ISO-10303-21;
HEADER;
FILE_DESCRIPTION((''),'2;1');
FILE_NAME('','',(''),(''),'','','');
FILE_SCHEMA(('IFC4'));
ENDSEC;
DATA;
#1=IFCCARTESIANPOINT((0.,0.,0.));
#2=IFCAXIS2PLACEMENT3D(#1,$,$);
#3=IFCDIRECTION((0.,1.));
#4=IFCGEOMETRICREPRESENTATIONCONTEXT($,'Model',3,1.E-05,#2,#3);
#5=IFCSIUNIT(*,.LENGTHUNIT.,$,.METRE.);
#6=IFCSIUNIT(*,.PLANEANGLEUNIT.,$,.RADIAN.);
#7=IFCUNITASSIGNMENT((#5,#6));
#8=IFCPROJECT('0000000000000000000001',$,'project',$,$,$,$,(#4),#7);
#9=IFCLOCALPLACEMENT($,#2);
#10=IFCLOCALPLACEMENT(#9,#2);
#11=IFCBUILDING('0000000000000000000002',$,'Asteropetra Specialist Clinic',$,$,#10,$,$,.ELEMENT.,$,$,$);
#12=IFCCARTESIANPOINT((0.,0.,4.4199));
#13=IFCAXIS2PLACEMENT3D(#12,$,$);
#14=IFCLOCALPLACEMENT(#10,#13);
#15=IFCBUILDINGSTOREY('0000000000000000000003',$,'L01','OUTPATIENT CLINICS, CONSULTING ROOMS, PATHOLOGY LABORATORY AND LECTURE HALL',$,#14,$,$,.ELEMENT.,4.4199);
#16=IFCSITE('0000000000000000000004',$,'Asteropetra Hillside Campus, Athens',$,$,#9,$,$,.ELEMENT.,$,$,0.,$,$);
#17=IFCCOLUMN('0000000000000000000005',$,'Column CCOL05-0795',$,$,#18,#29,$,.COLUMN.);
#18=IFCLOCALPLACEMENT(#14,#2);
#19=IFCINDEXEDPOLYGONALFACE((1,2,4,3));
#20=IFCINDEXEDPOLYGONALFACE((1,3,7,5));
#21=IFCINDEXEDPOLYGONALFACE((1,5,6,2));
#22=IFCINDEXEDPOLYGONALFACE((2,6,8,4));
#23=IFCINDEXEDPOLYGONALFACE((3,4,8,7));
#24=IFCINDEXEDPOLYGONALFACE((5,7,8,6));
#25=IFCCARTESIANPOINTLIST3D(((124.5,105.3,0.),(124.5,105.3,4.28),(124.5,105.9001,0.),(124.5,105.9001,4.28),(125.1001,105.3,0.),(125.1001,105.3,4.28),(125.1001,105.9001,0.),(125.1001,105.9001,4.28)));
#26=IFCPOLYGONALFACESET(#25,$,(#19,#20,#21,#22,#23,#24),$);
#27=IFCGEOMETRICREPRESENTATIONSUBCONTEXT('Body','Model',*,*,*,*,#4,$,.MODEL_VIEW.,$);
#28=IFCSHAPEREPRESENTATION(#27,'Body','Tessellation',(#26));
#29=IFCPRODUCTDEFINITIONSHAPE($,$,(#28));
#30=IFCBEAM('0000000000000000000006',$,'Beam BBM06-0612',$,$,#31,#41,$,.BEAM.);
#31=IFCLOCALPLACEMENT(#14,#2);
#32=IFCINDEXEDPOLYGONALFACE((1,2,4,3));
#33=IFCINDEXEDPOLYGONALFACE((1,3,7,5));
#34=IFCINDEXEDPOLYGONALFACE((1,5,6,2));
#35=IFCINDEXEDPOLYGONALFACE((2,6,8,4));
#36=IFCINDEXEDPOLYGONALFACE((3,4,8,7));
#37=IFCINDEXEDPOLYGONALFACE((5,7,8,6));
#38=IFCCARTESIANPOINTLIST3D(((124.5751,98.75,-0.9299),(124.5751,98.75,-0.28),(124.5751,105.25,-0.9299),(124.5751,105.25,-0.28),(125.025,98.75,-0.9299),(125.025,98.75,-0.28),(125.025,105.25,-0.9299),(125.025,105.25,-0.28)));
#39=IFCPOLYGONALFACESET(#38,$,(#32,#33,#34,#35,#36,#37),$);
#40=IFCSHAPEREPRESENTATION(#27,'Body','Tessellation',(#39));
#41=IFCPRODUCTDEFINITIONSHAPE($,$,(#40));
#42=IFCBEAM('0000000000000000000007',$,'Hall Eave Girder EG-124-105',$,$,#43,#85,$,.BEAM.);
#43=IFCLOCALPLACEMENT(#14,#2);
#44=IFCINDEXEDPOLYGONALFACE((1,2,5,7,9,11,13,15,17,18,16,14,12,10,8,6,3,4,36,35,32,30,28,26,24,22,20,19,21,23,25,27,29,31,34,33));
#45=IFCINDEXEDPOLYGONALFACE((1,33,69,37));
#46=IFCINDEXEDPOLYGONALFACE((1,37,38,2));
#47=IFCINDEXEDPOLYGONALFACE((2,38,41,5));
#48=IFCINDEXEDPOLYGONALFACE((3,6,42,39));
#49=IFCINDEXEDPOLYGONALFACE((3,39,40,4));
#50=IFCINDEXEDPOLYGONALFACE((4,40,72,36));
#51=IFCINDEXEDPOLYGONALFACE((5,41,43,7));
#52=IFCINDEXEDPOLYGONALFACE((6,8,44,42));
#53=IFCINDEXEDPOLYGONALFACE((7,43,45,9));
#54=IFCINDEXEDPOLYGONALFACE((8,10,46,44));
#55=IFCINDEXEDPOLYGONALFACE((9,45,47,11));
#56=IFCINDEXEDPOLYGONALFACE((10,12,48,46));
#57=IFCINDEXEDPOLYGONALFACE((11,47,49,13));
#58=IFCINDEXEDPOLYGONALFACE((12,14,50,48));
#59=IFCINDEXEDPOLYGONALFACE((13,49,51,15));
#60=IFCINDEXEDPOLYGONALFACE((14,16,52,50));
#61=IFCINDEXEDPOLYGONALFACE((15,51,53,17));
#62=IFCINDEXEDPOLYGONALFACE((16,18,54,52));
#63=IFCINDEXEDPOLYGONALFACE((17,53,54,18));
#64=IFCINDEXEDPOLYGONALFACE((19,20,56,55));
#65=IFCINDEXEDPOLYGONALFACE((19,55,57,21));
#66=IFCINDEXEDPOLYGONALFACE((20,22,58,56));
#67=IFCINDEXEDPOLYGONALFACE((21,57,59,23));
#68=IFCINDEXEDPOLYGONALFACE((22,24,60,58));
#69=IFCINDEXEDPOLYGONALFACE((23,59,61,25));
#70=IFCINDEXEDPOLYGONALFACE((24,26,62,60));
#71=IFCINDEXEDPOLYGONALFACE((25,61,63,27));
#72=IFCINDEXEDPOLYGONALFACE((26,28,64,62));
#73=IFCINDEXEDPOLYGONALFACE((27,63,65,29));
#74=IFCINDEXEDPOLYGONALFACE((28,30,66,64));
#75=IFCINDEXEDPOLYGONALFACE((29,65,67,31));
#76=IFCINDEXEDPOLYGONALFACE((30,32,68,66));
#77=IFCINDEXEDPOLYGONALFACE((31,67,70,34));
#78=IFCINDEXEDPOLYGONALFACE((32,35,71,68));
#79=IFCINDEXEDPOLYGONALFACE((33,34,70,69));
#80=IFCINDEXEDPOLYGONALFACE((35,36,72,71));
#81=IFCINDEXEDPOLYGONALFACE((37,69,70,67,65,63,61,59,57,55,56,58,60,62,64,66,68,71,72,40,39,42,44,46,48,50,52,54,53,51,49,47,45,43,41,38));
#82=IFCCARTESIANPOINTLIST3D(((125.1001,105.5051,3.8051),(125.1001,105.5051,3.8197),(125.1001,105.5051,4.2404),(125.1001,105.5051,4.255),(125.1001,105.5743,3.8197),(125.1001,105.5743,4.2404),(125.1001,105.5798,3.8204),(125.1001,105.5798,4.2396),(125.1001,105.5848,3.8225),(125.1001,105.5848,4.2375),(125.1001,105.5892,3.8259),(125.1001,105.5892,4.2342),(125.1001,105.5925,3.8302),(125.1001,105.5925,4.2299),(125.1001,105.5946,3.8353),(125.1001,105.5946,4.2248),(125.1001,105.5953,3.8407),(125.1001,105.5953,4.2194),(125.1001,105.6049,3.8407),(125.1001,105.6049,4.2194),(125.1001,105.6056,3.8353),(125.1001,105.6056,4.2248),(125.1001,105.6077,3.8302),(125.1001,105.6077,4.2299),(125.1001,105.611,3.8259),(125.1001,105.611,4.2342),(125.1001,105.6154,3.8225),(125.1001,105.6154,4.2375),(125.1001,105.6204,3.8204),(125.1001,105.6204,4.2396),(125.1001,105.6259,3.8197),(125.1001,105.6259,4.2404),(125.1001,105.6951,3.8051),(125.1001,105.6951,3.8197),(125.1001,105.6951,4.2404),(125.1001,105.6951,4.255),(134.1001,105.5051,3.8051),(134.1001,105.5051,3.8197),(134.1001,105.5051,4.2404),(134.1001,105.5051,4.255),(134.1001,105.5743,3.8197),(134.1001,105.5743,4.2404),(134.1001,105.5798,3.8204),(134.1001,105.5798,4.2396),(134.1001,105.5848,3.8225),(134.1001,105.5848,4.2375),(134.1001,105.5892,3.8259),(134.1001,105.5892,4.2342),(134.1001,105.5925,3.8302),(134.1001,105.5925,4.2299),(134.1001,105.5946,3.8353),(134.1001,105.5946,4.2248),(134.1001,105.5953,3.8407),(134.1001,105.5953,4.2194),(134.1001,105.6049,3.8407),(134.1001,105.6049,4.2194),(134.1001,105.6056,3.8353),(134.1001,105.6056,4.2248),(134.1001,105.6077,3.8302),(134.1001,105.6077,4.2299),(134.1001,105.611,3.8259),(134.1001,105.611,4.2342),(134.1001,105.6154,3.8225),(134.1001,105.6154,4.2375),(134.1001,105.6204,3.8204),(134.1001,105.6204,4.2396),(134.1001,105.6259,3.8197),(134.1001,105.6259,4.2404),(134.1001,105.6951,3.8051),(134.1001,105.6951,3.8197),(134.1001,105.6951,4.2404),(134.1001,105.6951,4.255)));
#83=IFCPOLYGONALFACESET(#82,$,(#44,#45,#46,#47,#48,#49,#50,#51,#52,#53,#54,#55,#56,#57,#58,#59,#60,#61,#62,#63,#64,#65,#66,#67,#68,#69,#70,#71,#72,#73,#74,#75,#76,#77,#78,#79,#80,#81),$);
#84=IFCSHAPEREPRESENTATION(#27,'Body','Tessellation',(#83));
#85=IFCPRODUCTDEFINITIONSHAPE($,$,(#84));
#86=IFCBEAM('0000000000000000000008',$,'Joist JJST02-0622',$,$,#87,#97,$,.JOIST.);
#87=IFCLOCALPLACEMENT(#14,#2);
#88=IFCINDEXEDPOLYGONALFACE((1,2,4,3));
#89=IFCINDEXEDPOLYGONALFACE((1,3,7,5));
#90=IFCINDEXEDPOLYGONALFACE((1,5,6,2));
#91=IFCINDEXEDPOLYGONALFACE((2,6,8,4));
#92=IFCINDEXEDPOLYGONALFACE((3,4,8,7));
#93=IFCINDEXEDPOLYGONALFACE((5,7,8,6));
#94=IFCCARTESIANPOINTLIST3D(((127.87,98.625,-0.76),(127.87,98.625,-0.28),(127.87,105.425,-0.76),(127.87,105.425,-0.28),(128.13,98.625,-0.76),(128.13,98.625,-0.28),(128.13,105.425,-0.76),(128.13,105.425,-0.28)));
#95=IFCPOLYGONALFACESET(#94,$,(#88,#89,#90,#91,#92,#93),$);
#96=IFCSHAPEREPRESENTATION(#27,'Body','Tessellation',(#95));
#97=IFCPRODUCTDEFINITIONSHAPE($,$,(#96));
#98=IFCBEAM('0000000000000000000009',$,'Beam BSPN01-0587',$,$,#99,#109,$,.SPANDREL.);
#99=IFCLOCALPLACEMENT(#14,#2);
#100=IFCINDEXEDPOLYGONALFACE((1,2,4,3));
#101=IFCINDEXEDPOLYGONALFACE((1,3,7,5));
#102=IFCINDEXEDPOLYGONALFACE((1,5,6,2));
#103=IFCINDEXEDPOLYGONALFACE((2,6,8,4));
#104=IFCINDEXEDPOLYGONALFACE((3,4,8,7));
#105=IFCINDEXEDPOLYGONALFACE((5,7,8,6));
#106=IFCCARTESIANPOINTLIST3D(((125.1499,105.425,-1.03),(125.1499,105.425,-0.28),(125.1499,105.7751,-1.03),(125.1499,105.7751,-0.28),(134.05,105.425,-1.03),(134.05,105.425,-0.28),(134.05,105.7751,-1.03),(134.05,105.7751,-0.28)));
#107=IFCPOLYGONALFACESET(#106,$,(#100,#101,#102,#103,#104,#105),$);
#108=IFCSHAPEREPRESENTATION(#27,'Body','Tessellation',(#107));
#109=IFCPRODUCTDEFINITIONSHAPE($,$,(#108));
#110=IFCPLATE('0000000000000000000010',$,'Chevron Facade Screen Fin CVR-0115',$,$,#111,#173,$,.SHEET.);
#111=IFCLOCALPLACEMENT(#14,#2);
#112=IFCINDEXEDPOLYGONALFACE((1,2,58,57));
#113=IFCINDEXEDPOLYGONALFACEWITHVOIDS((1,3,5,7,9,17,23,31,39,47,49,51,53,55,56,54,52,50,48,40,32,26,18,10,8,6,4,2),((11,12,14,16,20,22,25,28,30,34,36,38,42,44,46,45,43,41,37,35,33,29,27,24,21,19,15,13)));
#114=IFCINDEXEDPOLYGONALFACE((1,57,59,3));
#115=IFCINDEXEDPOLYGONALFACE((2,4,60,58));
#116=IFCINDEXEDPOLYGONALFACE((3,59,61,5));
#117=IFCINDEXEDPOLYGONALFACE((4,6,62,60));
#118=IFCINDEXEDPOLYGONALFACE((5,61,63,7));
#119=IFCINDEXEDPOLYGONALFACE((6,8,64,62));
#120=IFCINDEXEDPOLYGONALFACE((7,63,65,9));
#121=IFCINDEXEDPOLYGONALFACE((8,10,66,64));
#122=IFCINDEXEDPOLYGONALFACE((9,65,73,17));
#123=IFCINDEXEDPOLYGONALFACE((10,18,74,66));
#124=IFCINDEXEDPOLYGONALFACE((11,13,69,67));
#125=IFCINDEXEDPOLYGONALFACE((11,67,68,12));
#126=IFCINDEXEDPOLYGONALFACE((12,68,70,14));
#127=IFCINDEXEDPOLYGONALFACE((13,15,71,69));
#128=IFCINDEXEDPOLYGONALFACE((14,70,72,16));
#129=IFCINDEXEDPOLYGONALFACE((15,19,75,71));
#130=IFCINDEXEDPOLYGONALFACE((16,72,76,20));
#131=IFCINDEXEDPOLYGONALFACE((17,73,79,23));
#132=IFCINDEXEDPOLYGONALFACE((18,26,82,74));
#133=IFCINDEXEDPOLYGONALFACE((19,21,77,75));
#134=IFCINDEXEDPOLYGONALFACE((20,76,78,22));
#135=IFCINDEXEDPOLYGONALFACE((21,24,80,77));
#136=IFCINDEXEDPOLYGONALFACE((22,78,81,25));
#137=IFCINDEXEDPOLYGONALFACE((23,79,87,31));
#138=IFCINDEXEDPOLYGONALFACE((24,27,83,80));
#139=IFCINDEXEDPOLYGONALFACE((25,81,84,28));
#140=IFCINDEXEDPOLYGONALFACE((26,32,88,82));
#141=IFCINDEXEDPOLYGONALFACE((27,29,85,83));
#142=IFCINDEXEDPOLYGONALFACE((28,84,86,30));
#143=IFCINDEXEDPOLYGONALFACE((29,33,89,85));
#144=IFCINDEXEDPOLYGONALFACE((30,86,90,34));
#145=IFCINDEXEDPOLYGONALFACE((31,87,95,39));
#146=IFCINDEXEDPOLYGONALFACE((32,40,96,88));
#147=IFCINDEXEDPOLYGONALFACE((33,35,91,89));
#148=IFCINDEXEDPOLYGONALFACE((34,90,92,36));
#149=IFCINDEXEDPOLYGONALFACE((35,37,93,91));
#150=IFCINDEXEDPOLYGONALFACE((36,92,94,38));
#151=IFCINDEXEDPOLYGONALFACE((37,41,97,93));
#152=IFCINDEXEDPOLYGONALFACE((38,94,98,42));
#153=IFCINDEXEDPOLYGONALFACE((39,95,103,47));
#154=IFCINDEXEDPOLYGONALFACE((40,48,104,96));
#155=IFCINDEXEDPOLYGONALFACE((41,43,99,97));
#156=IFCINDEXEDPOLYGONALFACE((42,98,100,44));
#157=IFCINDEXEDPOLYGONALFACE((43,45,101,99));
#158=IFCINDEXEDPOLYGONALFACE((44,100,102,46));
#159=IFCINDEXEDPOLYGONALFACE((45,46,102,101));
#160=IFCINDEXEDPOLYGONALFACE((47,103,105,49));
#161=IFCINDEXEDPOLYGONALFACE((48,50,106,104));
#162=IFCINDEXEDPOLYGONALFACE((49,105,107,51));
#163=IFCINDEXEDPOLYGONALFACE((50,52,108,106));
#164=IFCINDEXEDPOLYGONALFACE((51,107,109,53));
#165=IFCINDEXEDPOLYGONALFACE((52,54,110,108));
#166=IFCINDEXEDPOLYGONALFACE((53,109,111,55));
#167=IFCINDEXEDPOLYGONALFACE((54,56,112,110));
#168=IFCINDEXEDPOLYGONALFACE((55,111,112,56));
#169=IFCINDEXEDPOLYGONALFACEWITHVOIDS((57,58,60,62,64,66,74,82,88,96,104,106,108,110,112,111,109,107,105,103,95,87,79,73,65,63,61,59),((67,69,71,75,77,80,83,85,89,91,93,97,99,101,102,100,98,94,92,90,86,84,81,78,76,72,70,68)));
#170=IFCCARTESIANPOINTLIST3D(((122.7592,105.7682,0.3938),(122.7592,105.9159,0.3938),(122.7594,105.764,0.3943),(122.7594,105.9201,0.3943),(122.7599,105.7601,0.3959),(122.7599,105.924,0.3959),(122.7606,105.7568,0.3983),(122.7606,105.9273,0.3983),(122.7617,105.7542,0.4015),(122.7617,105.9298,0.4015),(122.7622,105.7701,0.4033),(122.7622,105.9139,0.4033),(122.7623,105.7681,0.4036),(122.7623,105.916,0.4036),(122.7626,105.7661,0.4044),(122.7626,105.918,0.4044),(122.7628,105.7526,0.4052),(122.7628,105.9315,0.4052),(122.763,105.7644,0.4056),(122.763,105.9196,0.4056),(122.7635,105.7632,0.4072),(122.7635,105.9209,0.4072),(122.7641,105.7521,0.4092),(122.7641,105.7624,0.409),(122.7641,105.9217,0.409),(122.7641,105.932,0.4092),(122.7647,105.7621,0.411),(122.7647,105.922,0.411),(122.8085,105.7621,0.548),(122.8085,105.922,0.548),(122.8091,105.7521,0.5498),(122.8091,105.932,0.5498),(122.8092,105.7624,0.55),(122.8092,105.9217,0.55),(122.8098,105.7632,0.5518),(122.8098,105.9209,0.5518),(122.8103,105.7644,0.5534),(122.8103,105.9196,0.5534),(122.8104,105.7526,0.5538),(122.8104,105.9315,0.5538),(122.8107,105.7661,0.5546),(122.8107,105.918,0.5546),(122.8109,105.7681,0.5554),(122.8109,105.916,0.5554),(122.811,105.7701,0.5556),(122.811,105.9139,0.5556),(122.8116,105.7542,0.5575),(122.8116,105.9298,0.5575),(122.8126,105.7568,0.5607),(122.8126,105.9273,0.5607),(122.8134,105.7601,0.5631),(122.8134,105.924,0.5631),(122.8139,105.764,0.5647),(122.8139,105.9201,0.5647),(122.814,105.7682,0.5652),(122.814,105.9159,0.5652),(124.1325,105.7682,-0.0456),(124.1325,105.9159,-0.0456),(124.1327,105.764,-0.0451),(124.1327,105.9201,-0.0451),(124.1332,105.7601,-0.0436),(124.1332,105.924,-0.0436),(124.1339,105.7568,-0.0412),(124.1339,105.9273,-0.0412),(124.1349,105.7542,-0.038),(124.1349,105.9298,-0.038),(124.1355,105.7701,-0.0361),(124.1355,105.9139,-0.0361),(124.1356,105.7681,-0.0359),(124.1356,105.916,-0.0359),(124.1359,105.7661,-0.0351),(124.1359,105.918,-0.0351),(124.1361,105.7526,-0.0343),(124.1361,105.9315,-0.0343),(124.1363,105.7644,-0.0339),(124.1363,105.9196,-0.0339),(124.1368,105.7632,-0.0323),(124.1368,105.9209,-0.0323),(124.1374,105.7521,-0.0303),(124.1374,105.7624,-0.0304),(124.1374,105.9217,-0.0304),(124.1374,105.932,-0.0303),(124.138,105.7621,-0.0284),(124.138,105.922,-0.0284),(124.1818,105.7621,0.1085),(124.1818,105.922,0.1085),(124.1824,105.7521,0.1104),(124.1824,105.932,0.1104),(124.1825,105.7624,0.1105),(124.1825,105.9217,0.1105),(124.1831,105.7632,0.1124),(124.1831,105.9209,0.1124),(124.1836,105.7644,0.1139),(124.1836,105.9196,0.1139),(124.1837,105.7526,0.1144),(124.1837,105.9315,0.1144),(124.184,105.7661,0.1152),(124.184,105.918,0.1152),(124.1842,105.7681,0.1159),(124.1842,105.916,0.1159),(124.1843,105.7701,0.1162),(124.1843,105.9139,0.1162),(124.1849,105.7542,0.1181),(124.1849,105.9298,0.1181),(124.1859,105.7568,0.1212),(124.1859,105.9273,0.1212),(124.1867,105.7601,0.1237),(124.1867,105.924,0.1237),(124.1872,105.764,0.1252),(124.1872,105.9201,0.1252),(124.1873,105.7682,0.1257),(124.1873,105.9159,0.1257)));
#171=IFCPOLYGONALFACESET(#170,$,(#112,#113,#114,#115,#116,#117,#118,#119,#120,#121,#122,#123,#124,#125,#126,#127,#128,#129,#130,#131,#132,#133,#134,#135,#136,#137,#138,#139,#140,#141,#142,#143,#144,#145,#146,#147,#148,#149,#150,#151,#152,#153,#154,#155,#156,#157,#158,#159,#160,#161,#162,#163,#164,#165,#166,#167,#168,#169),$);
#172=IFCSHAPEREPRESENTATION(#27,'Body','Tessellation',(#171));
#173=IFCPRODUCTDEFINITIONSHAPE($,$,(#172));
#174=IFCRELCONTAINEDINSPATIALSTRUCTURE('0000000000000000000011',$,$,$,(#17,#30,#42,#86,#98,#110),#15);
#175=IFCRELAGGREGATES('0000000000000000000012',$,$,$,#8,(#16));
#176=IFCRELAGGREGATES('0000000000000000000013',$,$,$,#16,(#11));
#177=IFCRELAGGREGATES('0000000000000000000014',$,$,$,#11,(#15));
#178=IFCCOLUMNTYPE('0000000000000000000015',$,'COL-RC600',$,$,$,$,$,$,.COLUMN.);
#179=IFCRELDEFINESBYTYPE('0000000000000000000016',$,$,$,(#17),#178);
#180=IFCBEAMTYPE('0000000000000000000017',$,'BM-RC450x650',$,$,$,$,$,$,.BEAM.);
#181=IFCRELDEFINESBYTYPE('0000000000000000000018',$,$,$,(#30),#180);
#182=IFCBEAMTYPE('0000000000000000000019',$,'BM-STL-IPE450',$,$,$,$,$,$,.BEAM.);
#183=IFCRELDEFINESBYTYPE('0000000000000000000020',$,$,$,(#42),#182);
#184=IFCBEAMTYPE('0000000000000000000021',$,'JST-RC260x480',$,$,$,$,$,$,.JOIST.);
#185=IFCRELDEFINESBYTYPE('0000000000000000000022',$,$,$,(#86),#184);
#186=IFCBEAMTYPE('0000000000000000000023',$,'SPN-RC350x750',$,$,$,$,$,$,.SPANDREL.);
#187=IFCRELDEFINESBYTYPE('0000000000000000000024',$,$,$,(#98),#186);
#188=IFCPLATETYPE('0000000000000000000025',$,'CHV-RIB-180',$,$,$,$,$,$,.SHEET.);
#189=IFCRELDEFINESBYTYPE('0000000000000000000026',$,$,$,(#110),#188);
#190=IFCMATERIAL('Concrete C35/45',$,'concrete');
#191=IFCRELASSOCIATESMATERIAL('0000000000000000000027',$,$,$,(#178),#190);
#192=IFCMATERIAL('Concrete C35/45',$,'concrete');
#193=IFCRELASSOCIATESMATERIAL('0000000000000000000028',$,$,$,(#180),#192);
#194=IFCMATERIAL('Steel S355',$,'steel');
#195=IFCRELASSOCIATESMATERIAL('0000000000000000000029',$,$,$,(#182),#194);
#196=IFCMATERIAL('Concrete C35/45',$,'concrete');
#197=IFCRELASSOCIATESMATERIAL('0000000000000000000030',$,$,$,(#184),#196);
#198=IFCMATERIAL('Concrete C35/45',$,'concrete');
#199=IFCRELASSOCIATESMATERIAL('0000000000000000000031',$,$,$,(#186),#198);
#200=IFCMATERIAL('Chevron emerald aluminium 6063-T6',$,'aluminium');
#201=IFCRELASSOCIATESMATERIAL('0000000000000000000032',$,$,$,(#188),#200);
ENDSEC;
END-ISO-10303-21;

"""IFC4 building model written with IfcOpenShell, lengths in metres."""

from ifc_helpers import new_model, si_unit, direction, frame, origin, origin_2d, place, context, subcontext, project, spatial, rectangle, hollow_rectangle, i_section, extrude, material, material_profile, profile_set, type_object, element, save


model = new_model("IFC4")

# Units and contexts
model_context = context("Model", 3, precision=1e-05, world=origin(), true_north=direction((0.0, 1.0)))
body_context = subcontext(model_context, "Body", "Model", "MODEL_VIEW")
ifc_project = project(units=[si_unit("LENGTHUNIT", "METRE"), si_unit("PLANEANGLEUNIT", "RADIAN")], contexts=[model_context])

# Site, building, storey
site_placement = place(None, origin())
site = spatial("IfcSite", under=ifc_project, at=site_placement, Name="Asteropetra Hillside Campus, Athens", CompositionType="ELEMENT", RefElevation=0.0)
building_placement = place(site_placement, origin())
building = spatial("IfcBuilding", under=site, at=building_placement, Name="Asteropetra Specialist Clinic", CompositionType="ELEMENT")
storey_placement = place(building_placement, frame((0.0, 0.0, 4.4199)))
storey = spatial("IfcBuildingStorey", under=building, at=storey_placement, Name="L01", Description="OUTPATIENT CLINICS, CONSULTING ROOMS, PATHOLOGY LABORATORY AND LECTURE HALL", CompositionType="ELEMENT", Elevation=4.4199)

# Column
ifc_material_1 = material(Name="Concrete C35/45", Category="concrete")
ifc_material_profile_1 = material_profile(ifc_material_1, rectangle(XDim=0.6001, YDim=0.6001, at=origin_2d()), Name="RC 600x600")
ifc_profile_set_1 = profile_set([ifc_material_profile_1], Name="Concrete C35/45")
column_type = type_object("IfcColumnType", Name="COL-RC600", PredefinedType="COLUMN", material=ifc_profile_set_1)
column_placement = place(storey_placement, frame((124.8, 105.6001, 0.0), z_axis=(0.0, 0.0, 1.0), x_axis=(1.0, 0.0, 0.0)))
element("IfcColumn", 1, at=column_placement, inside=storey, type_object=column_type, Name="Column CCOL05-0795", PredefinedType="COLUMN", context=body_context, shape_type="SweptSolid", body=[
    extrude(rectangle(XDim=0.6001, YDim=0.6001, at=origin_2d()), origin(), (0.0, 0.0, 1.0), 4.28),
])

# Beams
ifc_material_2 = material(Name="Concrete C35/45", Category="concrete")
ifc_material_profile_2 = material_profile(ifc_material_2, rectangle(XDim=0.45, YDim=0.6499, at=origin_2d()), Name="RCB 450x650")
ifc_profile_set_2 = profile_set([ifc_material_profile_2], Name="Concrete C35/45")
beam_type_1 = type_object("IfcBeamType", Name="BM-RC450x650", PredefinedType="BEAM", material=ifc_profile_set_2)
beam_1_placement = place(storey_placement, frame((124.8, 98.75, -0.605), z_axis=(0.0, 1.0, 0.0), x_axis=(-1.0, 0.0, 0.0)))
element("IfcBeam", 2, at=beam_1_placement, inside=storey, type_object=beam_type_1, Name="Beam BBM06-0612", PredefinedType="BEAM", context=body_context, shape_type="SweptSolid", body=[
    extrude(rectangle(XDim=0.45, YDim=0.6499, at=origin_2d()), origin(), (0.0, 0.0, 1.0), 6.5),
])
ifc_material_3 = material(Name="Steel S355", Category="steel")
ifc_material_profile_3 = material_profile(ifc_material_3, i_section(OverallWidth=0.1899, OverallDepth=0.45, WebThickness=0.0095, FlangeThickness=0.0146, FilletRadius=0.021, at=origin_2d()), Name="IPE 450")
ifc_profile_set_3 = profile_set([ifc_material_profile_3], Name="Steel S355")
beam_type_2 = type_object("IfcBeamType", Name="BM-STL-IPE450", PredefinedType="BEAM", material=ifc_profile_set_3)
beam_2_placement = place(storey_placement, frame((125.1001, 105.6001, 4.03), z_axis=(1.0, 0.0, 0.0), x_axis=(0.0, 1.0, 0.0)))
element("IfcBeam", 3, at=beam_2_placement, inside=storey, type_object=beam_type_2, Name="Hall Eave Girder EG-124-105", PredefinedType="BEAM", context=body_context, shape_type="SweptSolid", body=[
    extrude(i_section(OverallWidth=0.1899, OverallDepth=0.45, WebThickness=0.0095, FlangeThickness=0.0146, FilletRadius=0.021, at=origin_2d()), origin(), (0.0, 0.0, 1.0), 9.0),
])
ifc_material_4 = material(Name="Concrete C35/45", Category="concrete")
ifc_material_profile_4 = material_profile(ifc_material_4, rectangle(XDim=0.26, YDim=0.48, at=origin_2d()), Name="RCJ 260x480")
ifc_profile_set_4 = profile_set([ifc_material_profile_4], Name="Concrete C35/45")
beam_type_3 = type_object("IfcBeamType", Name="JST-RC260x480", PredefinedType="JOIST", material=ifc_profile_set_4)
beam_3_placement = place(storey_placement, frame((128.0, 98.625, -0.52), z_axis=(0.0, 1.0, 0.0), x_axis=(-1.0, 0.0, 0.0)))
element("IfcBeam", 4, at=beam_3_placement, inside=storey, type_object=beam_type_3, Name="Joist JJST02-0622", PredefinedType="JOIST", context=body_context, shape_type="SweptSolid", body=[
    extrude(rectangle(XDim=0.26, YDim=0.48, at=origin_2d()), origin(), (0.0, 0.0, 1.0), 6.8),
])
ifc_material_5 = material(Name="Concrete C35/45", Category="concrete")
ifc_material_profile_5 = material_profile(ifc_material_5, rectangle(XDim=0.3501, YDim=0.75, at=origin_2d()), Name="RCS 350x750")
ifc_profile_set_5 = profile_set([ifc_material_profile_5], Name="Concrete C35/45")
beam_type_4 = type_object("IfcBeamType", Name="SPN-RC350x750", PredefinedType="SPANDREL", material=ifc_profile_set_5)
beam_4_placement = place(storey_placement, frame((125.1499, 105.6001, -0.655), z_axis=(1.0, 0.0, 0.0), x_axis=(0.0, 1.0, 0.0)))
element("IfcBeam", 5, at=beam_4_placement, inside=storey, type_object=beam_type_4, Name="Beam BSPN01-0587", PredefinedType="SPANDREL", context=body_context, shape_type="SweptSolid", body=[
    extrude(rectangle(XDim=0.3501, YDim=0.75, at=origin_2d()), origin(), (0.0, 0.0, 1.0), 8.9001),
])

# Plate
ifc_material_6 = material(Name="Chevron emerald aluminium 6063-T6", Category="aluminium")
ifc_material_profile_6 = material_profile(ifc_material_6, hollow_rectangle(XDim=0.1799, YDim=0.1799, WallThickness=0.01, InnerFilletRadius=0.0081, OuterFilletRadius=0.0161, at=origin_2d()), Name="SHS 180x180x10.0")
ifc_profile_set_6 = profile_set([ifc_material_profile_6], Name="Chevron emerald aluminium 6063-T6")
plate_type = type_object("IfcPlateType", Name="CHV-RIB-180", PredefinedType="SHEET", material=ifc_profile_set_6)
for number, where, z_axis, x_axis, name in (
    (6, (124.1599, 105.842, 0.04), (-0.952424, 0.0, 0.304776), (0.0, -1.0, 0.0), "Chevron Facade Screen Fin CVR-0115"),
):
    element("IfcPlate", number, at=place(storey_placement, frame(where, z_axis=z_axis, x_axis=x_axis)), inside=storey, type_object=plate_type, Name=name, PredefinedType="SHEET", context=body_context, shape_type="SweptSolid", body=[
        extrude(hollow_rectangle(XDim=0.1799, YDim=0.1799, WallThickness=0.01, InnerFilletRadius=0.0081, OuterFilletRadius=0.0161, at=origin_2d()), origin(), (0.0, 0.0, 1.0), 1.4419),
    ])

save(model, "model.ifc")
